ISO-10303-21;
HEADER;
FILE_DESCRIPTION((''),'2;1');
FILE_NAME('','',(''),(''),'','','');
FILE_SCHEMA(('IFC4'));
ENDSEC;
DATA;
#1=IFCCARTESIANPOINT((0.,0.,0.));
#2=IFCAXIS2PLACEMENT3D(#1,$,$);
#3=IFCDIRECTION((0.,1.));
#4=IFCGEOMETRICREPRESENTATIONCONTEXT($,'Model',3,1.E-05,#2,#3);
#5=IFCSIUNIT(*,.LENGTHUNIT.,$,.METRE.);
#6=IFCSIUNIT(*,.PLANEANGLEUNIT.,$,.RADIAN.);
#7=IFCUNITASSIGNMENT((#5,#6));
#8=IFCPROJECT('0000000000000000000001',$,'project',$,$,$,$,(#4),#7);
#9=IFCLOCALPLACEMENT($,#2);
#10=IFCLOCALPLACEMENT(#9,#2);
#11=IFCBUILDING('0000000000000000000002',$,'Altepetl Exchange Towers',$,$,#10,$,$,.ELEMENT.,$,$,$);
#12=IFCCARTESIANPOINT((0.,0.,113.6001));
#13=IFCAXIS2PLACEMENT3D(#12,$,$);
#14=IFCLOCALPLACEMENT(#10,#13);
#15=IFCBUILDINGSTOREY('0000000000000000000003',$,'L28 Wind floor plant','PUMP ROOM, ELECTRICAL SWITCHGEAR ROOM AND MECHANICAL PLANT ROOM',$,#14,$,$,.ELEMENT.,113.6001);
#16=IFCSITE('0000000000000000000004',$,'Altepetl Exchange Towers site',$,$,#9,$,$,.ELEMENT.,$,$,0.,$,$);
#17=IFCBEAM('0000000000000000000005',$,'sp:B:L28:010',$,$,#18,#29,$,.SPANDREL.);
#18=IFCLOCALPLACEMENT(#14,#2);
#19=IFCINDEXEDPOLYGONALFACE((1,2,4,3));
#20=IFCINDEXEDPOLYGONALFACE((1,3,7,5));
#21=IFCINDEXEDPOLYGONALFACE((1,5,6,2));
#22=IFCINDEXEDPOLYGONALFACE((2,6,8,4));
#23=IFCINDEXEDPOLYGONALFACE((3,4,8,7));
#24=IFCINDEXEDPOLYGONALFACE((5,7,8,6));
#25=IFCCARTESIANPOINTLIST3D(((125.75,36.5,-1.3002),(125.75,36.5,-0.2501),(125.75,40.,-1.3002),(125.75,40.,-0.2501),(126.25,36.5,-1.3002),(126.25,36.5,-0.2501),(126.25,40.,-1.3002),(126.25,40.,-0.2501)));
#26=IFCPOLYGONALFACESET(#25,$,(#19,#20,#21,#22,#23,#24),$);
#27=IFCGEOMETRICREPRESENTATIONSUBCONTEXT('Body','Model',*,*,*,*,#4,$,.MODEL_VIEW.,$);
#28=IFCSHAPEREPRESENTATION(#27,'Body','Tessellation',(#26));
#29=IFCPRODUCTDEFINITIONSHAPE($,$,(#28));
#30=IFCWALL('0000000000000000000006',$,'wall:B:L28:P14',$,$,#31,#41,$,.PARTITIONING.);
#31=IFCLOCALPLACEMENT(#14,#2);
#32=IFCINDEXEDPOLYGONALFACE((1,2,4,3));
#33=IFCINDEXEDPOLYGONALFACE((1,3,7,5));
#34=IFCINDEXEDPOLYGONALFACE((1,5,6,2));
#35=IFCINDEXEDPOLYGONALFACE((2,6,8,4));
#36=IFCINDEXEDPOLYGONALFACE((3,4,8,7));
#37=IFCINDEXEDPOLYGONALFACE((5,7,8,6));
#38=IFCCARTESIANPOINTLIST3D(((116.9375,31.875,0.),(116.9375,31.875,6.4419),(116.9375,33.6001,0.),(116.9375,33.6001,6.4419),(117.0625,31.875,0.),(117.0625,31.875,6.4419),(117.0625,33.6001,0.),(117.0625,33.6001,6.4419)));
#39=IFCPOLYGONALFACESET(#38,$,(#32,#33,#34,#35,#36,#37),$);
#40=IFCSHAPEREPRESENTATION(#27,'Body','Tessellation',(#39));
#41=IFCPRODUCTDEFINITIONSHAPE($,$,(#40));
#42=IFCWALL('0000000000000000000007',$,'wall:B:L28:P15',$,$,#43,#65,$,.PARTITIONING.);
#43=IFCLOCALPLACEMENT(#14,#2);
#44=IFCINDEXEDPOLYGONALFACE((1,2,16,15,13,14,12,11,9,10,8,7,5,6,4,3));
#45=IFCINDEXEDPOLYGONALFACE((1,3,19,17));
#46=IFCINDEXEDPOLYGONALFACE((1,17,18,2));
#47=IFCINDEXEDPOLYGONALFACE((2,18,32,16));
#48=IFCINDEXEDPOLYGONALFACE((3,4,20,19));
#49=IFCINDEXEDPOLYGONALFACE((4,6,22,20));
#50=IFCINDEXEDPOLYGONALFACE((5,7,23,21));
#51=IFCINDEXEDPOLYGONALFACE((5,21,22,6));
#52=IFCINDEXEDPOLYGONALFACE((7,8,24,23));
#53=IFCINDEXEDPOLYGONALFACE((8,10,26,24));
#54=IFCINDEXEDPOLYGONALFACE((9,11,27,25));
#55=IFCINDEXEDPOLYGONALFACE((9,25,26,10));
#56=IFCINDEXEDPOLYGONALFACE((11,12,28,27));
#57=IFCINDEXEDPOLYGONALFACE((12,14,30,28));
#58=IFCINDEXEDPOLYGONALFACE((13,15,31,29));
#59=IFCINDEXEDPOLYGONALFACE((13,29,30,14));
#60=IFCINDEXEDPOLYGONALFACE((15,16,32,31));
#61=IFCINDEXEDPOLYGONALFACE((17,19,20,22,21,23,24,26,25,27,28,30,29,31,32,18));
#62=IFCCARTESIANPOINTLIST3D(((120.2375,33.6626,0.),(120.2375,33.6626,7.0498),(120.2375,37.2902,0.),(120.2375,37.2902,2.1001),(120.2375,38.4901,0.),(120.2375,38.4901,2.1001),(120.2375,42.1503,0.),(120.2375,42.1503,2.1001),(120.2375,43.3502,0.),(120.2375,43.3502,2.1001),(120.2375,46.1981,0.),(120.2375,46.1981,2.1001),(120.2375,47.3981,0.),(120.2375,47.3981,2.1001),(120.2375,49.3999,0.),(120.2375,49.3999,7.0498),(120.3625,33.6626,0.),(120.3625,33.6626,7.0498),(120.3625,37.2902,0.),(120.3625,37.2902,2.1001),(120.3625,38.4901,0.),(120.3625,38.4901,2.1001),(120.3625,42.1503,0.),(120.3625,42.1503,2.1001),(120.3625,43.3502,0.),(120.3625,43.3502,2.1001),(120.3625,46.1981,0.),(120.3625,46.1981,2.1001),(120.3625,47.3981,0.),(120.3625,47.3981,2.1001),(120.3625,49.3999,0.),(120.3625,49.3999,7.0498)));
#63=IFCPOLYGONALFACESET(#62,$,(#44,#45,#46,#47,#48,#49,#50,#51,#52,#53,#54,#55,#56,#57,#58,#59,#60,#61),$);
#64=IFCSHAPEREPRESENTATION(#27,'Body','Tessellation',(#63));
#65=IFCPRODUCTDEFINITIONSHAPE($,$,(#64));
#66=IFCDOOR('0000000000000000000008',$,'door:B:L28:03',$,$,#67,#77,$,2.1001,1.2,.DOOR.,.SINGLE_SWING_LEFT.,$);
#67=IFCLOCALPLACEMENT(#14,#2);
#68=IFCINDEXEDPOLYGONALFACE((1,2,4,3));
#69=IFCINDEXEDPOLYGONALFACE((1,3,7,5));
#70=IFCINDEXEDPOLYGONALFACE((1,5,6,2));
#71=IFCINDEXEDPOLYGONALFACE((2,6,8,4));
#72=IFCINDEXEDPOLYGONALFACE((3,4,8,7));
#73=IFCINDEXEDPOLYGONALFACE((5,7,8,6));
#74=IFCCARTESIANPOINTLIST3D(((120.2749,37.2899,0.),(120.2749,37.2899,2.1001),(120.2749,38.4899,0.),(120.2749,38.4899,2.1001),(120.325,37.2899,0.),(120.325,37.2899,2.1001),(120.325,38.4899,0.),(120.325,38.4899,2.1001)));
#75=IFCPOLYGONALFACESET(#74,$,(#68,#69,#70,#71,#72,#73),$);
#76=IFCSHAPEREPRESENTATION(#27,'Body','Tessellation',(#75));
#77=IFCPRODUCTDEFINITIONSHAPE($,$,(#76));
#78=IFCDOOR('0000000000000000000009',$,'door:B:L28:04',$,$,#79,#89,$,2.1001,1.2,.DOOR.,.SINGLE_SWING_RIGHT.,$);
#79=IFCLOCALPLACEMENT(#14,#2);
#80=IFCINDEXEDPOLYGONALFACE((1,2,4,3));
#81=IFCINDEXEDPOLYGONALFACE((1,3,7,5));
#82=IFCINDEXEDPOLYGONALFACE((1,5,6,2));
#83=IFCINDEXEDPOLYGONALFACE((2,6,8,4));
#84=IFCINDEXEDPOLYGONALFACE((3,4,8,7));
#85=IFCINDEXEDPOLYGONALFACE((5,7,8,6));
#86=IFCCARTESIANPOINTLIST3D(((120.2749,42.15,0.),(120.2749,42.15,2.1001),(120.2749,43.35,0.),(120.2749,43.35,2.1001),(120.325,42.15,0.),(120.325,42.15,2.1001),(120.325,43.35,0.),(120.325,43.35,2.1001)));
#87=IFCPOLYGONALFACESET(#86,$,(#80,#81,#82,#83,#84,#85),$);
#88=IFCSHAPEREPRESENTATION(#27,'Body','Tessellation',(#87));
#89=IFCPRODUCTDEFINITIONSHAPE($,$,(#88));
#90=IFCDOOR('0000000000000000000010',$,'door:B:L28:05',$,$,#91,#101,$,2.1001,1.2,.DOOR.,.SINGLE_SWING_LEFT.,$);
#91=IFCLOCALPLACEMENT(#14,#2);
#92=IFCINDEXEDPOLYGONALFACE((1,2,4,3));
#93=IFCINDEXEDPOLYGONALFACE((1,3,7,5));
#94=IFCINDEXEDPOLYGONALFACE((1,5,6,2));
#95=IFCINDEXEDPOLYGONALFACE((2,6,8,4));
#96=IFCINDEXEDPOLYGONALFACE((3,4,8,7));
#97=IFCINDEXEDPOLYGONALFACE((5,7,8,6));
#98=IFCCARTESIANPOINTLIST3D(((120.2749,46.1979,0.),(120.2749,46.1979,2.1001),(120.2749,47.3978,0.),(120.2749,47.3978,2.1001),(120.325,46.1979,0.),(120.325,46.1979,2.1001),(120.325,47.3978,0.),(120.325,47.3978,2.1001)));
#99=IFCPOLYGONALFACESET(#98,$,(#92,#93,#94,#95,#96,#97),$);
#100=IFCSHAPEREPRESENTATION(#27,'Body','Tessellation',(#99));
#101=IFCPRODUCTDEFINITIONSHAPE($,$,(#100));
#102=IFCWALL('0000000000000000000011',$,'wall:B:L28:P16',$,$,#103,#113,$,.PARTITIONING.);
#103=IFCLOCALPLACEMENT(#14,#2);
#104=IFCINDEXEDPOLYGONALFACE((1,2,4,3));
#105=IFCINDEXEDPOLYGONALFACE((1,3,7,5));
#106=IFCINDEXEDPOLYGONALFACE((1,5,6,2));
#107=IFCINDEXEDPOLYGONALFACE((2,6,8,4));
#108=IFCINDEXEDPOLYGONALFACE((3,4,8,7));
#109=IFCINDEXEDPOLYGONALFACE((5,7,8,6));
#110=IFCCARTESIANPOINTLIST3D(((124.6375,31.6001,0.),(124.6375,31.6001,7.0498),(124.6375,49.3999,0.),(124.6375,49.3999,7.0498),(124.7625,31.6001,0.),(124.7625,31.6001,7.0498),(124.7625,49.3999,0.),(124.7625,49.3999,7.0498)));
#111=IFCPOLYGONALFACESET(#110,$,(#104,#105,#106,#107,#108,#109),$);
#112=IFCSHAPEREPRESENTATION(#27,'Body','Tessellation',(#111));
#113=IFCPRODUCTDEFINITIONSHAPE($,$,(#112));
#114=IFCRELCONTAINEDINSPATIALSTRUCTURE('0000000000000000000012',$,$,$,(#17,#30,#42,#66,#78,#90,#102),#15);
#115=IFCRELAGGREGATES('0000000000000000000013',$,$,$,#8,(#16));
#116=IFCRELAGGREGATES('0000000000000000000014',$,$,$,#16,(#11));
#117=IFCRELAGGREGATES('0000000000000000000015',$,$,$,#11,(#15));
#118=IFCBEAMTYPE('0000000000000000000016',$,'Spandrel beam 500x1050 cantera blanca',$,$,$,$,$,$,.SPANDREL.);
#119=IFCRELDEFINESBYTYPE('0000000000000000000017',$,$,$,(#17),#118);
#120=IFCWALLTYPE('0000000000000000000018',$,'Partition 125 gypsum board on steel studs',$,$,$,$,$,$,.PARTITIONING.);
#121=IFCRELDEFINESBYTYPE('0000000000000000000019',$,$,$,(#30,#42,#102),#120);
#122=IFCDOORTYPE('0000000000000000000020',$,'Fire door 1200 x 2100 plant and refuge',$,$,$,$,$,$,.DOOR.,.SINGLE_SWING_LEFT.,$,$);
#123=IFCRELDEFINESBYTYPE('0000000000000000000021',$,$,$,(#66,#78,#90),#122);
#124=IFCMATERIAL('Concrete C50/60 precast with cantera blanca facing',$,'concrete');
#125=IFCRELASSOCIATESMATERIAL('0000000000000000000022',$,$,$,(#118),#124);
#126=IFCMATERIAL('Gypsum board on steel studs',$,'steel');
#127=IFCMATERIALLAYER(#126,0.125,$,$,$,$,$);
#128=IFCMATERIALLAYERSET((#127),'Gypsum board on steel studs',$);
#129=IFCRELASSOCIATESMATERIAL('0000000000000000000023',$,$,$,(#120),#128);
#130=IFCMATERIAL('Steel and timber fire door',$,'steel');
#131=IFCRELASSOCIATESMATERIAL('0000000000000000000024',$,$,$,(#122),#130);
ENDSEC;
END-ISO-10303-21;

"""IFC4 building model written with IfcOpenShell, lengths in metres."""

from ifc_helpers import new_model, si_unit, direction, frame, frame_2d, origin, origin_2d, place, context, subcontext, project, spatial, rectangle, extrude, material, layer, layer_set, material_profile, profile_set, type_object, element, fill, save


model = new_model("IFC4")

# Units and contexts
model_context = context("Model", 3, precision=1e-05, world=origin(), true_north=direction((0.0, 1.0)))
body_context = subcontext(model_context, "Body", "Model", "MODEL_VIEW")
ifc_project = project(units=[si_unit("LENGTHUNIT", "METRE"), si_unit("PLANEANGLEUNIT", "RADIAN")], contexts=[model_context])

# Site, building, storey
site_placement = place(None, origin())
site = spatial("IfcSite", under=ifc_project, at=site_placement, Name="Altepetl Exchange Towers site", CompositionType="ELEMENT", RefElevation=0.0)
building_placement = place(site_placement, origin())
building = spatial("IfcBuilding", under=site, at=building_placement, Name="Altepetl Exchange Towers", CompositionType="ELEMENT")
storey_placement = place(building_placement, frame((0.0, 0.0, 113.6001)))
storey = spatial("IfcBuildingStorey", under=building, at=storey_placement, Name="L28 Wind floor plant", Description="PUMP ROOM, ELECTRICAL SWITCHGEAR ROOM AND MECHANICAL PLANT ROOM", CompositionType="ELEMENT", Elevation=113.6001)

# Beam
ifc_material_1 = material(Name="Concrete C50/60 precast with cantera blanca facing", Category="concrete")
ifc_material_profile_1 = material_profile(ifc_material_1, rectangle(XDim=0.5, YDim=1.05, at=origin_2d()), Name="500 x 1050")
ifc_profile_set_1 = profile_set([ifc_material_profile_1], Name="Concrete C50/60 precast with cantera blanca facing")
beam_type_1 = type_object("IfcBeamType", Name="Spandrel beam 500x1050 cantera blanca", PredefinedType="SPANDREL", material=ifc_profile_set_1)
for number, where, z_axis, x_axis, name in (
    (1, (126.0, 36.5, -0.7751), (0.0, 1.0, 0.0), (-1.0, 0.0, 0.0), "sp:B:L28:010"),
):
    element("IfcBeam", number, at=place(storey_placement, frame(where, z_axis=z_axis, x_axis=x_axis)), inside=storey, type_object=beam_type_1, Name=name, PredefinedType="SPANDREL", context=body_context, shape_type="SweptSolid", body=[
        extrude(rectangle(XDim=0.5, YDim=1.05, at=origin_2d()), origin(), (0.0, 0.0, 1.0), 3.5),
    ])

# Wall
ifc_material_2 = material(Name="Gypsum board on steel studs", Category="steel")
ifc_layer = layer(ifc_material_2, 0.125)
ifc_layer_set = layer_set([ifc_layer], Name="Gypsum board on steel studs")
wall_type = type_object("IfcWallType", Name="Partition 125 gypsum board on steel studs", PredefinedType="PARTITIONING", material=ifc_layer_set)
wall_1_placement = place(storey_placement, frame((117.0, 31.875, 0.0), z_axis=(0.0, 0.0, 1.0), x_axis=(0.0, 1.0, 0.0)))
element("IfcWall", 2, at=wall_1_placement, inside=storey, type_object=wall_type, Name="wall:B:L28:P14", PredefinedType="PARTITIONING", context=body_context, shape_type="SweptSolid", body=[
    extrude(rectangle(XDim=1.7251, YDim=0.125, at=frame_2d((0.8625, 0.0))), origin(), (0.0, 0.0, 1.0), 6.4419),
])

# Wall, openings, doors
wall_2_placement = place(storey_placement, frame((120.3, 33.6626, 0.0), z_axis=(0.0, 0.0, 1.0), x_axis=(0.0, 1.0, 0.0)))
wall_2 = element("IfcWall", 3, at=wall_2_placement, inside=storey, type_object=wall_type, Name="wall:B:L28:P15", PredefinedType="PARTITIONING", context=body_context, shape_type="SweptSolid", body=[
    extrude(rectangle(XDim=15.7373, YDim=0.125, at=frame_2d((7.8687, 0.0))), origin(), (0.0, 0.0, 1.0), 7.0498),
])
opening_1_placement = place(wall_2_placement, frame((3.6274, 0.0, 0.0)))
opening_1 = element("IfcOpeningElement", 4, at=opening_1_placement, cuts=wall_2, PredefinedType="OPENING", context=body_context, shape_type="SweptSolid", body=[
    extrude(rectangle(XDim=1.2, YDim=2.1001, at=frame_2d((0.6001, 1.05))), frame((0.0, 0.0725, 0.0), z_axis=(0.0, -1.0, 0.0), x_axis=(1.0, 0.0, 0.0)), (0.0, 0.0, 1.0), 0.145),
])
opening_2_placement = place(wall_2_placement, frame((8.4875, 0.0, 0.0)))
opening_2 = element("IfcOpeningElement", 5, at=opening_2_placement, cuts=wall_2, PredefinedType="OPENING", context=body_context, shape_type="SweptSolid", body=[
    extrude(rectangle(XDim=1.2, YDim=2.1001, at=frame_2d((0.6001, 1.05))), frame((0.0, 0.0725, 0.0), z_axis=(0.0, -1.0, 0.0), x_axis=(1.0, 0.0, 0.0)), (0.0, 0.0, 1.0), 0.145),
])
opening_3_placement = place(wall_2_placement, frame((12.5354, 0.0, 0.0)))
opening_3 = element("IfcOpeningElement", 6, at=opening_3_placement, cuts=wall_2, PredefinedType="OPENING", context=body_context, shape_type="SweptSolid", body=[
    extrude(rectangle(XDim=1.2, YDim=2.1001, at=frame_2d((0.6001, 1.05))), frame((0.0, 0.0725, 0.0), z_axis=(0.0, -1.0, 0.0), x_axis=(1.0, 0.0, 0.0)), (0.0, 0.0, 1.0), 0.145),
])
ifc_material_3 = material(Name="Steel and timber fire door", Category="steel")
door_type = type_object("IfcDoorType", Name="Fire door 1200 x 2100 plant and refuge", OperationType="SINGLE_SWING_LEFT", PredefinedType="DOOR", material=ifc_material_3)
door_1_placement = place(opening_1_placement, frame((1.2, 0.0, 0.0), x_axis=(-1.0, 0.0, 0.0)))
door_1 = element("IfcDoor", 7, at=door_1_placement, inside=storey, type_object=door_type, Name="door:B:L28:03", OperationType="SINGLE_SWING_LEFT", OverallHeight=2.1001, OverallWidth=1.2, PredefinedType="DOOR", context=body_context, shape_type="SweptSolid", body=[
    extrude(rectangle(XDim=1.2, YDim=2.1001, at=frame_2d((0.6001, 1.05))), frame((0.0, 0.0249, 0.0), z_axis=(0.0, -1.0, 0.0), x_axis=(1.0, 0.0, 0.0)), (0.0, 0.0, 1.0), 0.05),
])
fill(opening_1, door_1)
door_2_placement = place(opening_2_placement, frame((1.2, 0.0, 0.0), x_axis=(-1.0, 0.0, 0.0)))
door_2 = element("IfcDoor", 8, at=door_2_placement, inside=storey, type_object=door_type, Name="door:B:L28:04", OperationType="SINGLE_SWING_RIGHT", OverallHeight=2.1001, OverallWidth=1.2, PredefinedType="DOOR", context=body_context, shape_type="SweptSolid", body=[
    extrude(rectangle(XDim=1.2, YDim=2.1001, at=frame_2d((0.6001, 1.05))), frame((0.0, 0.0249, 0.0), z_axis=(0.0, -1.0, 0.0), x_axis=(1.0, 0.0, 0.0)), (0.0, 0.0, 1.0), 0.05),
])
fill(opening_2, door_2)
door_3_placement = place(opening_3_placement, frame((1.2, 0.0, 0.0), x_axis=(-1.0, 0.0, 0.0)))
door_3 = element("IfcDoor", 9, at=door_3_placement, inside=storey, type_object=door_type, Name="door:B:L28:05", OperationType="SINGLE_SWING_LEFT", OverallHeight=2.1001, OverallWidth=1.2, PredefinedType="DOOR", context=body_context, shape_type="SweptSolid", body=[
    extrude(rectangle(XDim=1.2, YDim=2.1001, at=frame_2d((0.6001, 1.05))), frame((0.0, 0.0249, 0.0), z_axis=(0.0, -1.0, 0.0), x_axis=(1.0, 0.0, 0.0)), (0.0, 0.0, 1.0), 0.05),
])
fill(opening_3, door_3)

# Wall
wall_3_placement = place(storey_placement, frame((124.7, 31.6001, 0.0), z_axis=(0.0, 0.0, 1.0), x_axis=(0.0, 1.0, 0.0)))
element("IfcWall", 10, at=wall_3_placement, inside=storey, type_object=wall_type, Name="wall:B:L28:P16", PredefinedType="PARTITIONING", context=body_context, shape_type="SweptSolid", body=[
    extrude(rectangle(XDim=17.7998, YDim=0.125, at=frame_2d((8.8999, 0.0))), origin(), (0.0, 0.0, 1.0), 7.0498),
])

save(model, "model.ifc")
